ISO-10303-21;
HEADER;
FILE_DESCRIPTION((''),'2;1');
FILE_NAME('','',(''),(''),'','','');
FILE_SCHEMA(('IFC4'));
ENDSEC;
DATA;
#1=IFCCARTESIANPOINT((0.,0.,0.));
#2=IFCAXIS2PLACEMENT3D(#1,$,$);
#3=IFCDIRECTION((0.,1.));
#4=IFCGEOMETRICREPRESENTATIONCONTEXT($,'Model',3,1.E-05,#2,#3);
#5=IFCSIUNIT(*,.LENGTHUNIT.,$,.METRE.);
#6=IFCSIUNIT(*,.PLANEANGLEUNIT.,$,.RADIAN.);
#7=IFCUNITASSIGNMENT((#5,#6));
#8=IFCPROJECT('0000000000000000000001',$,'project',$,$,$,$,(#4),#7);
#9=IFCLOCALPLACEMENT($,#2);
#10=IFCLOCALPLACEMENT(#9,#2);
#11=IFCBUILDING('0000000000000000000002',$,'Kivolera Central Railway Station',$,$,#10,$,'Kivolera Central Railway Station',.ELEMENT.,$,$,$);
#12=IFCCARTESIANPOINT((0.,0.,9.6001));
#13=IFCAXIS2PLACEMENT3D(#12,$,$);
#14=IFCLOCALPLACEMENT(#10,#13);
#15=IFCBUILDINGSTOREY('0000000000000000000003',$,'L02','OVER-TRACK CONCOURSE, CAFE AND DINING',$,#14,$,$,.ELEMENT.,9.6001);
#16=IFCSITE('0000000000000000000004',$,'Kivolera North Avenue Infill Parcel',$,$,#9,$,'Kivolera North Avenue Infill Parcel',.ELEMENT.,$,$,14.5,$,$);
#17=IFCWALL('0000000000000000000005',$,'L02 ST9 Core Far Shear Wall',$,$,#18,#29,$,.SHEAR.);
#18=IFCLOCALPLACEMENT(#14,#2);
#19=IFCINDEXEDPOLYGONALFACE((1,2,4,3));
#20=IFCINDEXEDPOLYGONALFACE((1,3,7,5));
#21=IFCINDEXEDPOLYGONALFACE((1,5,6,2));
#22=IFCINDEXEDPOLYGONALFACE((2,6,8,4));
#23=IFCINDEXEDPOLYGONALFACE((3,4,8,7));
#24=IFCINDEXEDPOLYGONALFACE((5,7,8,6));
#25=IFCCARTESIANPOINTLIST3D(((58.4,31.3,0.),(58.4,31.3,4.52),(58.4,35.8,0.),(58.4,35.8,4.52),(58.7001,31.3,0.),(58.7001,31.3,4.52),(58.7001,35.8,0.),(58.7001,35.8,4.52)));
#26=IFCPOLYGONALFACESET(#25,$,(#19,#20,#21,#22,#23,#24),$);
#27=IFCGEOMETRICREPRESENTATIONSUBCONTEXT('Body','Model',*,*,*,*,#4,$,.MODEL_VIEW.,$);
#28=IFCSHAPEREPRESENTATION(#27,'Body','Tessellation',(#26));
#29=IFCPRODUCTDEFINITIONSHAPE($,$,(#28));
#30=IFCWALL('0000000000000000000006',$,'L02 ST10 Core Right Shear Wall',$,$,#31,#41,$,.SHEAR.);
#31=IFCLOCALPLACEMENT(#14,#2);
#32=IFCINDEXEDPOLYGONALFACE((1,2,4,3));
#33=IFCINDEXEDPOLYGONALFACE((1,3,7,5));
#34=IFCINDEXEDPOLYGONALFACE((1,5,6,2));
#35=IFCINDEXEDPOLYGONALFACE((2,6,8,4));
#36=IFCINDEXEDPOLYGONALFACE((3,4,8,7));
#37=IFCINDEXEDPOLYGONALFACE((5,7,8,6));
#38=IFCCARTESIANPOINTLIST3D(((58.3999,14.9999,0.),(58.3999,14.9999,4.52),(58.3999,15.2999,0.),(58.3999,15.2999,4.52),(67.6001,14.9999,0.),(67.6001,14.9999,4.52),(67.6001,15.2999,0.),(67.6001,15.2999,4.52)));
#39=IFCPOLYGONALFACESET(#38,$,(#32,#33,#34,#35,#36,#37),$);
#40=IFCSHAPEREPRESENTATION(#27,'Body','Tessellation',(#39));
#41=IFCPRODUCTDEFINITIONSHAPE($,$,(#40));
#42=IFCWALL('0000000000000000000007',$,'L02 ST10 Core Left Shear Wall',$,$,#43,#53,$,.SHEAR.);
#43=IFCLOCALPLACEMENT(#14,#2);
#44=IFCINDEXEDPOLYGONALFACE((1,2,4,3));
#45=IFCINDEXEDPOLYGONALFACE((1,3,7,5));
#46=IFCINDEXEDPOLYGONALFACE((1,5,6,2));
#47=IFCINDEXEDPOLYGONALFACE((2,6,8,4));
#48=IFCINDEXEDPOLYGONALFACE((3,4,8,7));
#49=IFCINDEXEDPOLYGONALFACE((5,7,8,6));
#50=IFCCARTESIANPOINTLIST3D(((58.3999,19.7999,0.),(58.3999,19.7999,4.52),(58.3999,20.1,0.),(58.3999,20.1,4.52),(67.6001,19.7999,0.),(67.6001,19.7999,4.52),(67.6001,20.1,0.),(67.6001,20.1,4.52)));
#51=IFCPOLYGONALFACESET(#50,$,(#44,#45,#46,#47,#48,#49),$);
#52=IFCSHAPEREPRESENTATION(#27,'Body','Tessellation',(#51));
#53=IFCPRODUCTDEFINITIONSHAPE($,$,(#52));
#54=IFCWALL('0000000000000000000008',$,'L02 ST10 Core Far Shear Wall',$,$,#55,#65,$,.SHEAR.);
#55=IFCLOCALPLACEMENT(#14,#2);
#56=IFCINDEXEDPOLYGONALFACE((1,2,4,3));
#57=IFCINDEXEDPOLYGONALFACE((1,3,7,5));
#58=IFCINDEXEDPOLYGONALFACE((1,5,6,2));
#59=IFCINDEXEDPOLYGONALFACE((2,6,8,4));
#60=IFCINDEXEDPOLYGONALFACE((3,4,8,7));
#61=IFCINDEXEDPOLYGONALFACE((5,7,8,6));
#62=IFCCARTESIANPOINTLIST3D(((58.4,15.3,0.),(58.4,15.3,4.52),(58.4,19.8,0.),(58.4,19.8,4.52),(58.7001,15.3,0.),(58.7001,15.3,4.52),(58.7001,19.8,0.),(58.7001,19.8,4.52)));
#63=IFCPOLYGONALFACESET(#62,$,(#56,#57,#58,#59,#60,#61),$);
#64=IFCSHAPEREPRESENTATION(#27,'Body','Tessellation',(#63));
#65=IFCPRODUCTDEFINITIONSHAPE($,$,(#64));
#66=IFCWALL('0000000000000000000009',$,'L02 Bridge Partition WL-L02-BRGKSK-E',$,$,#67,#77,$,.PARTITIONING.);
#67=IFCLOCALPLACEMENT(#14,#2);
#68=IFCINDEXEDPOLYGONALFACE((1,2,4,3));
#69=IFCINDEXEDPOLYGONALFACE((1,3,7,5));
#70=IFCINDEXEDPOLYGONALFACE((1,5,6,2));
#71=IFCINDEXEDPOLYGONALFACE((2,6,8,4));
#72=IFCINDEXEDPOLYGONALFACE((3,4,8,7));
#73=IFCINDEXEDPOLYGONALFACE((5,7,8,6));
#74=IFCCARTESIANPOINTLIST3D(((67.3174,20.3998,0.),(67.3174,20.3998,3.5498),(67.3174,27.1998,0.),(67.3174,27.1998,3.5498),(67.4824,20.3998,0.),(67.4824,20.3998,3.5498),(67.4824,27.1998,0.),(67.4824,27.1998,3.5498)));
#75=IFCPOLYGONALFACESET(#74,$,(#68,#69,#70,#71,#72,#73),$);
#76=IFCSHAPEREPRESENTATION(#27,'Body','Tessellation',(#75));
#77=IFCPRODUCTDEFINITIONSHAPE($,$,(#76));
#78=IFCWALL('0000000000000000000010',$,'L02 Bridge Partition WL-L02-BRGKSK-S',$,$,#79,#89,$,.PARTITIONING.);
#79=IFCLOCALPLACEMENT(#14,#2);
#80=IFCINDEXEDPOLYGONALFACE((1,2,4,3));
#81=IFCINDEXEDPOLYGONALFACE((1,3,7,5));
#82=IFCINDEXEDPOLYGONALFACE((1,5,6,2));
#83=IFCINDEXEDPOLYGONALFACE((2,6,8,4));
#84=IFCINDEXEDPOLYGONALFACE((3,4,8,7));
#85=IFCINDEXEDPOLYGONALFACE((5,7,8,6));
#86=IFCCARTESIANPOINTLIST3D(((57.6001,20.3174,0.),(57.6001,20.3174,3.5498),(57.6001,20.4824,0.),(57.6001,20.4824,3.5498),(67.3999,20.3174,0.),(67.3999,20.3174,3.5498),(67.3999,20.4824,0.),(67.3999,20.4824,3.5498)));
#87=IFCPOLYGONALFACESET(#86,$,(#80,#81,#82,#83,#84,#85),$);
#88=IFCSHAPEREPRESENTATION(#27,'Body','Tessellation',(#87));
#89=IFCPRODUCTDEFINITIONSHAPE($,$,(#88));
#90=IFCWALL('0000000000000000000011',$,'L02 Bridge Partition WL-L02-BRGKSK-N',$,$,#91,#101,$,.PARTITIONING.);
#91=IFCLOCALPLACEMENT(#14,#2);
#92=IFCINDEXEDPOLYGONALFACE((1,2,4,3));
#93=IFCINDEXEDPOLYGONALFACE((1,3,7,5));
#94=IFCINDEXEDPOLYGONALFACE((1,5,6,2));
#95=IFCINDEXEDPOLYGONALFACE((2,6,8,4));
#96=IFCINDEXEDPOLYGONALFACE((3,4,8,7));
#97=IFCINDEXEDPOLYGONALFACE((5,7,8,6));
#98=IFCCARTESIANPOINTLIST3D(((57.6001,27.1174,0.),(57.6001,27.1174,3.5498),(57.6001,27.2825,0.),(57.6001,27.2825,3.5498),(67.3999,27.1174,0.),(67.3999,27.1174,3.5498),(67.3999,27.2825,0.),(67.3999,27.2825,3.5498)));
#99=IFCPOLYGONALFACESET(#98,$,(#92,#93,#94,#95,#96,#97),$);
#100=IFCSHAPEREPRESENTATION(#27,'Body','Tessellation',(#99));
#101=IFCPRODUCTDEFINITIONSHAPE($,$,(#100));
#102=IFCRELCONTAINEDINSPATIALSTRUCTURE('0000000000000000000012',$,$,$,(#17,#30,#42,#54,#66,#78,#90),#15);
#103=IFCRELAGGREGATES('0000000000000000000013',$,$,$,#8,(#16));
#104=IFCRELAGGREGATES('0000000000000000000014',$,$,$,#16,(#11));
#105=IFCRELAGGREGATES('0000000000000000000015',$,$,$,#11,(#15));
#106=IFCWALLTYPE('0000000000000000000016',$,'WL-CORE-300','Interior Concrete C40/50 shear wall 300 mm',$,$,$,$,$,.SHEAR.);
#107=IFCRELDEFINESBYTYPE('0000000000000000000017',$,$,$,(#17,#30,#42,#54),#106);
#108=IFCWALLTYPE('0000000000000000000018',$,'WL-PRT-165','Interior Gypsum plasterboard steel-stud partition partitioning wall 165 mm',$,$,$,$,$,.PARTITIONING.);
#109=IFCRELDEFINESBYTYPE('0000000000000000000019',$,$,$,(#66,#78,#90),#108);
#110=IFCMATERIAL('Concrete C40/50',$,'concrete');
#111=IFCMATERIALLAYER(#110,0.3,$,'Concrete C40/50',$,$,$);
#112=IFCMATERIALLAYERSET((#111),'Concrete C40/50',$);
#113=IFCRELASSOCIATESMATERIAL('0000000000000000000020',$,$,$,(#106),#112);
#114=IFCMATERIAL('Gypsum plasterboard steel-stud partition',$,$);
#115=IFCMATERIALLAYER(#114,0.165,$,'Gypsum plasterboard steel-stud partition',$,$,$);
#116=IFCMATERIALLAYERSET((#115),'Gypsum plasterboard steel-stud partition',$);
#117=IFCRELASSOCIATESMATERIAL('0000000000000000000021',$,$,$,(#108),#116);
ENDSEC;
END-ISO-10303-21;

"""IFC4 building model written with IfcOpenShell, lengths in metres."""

from ifc_helpers import new_model, si_unit, direction, frame, frame_2d, origin, place, context, subcontext, project, spatial, rectangle, extrude, material, layer, layer_set, type_object, element, save


model = new_model("IFC4")

# Units and contexts
model_context = context("Model", 3, precision=1e-05, world=origin(), true_north=direction((0.0, 1.0)))
body_context = subcontext(model_context, "Body", "Model", "MODEL_VIEW")
ifc_project = project(units=[si_unit("LENGTHUNIT", "METRE"), si_unit("PLANEANGLEUNIT", "RADIAN")], contexts=[model_context])

# Site, building, storey
site_placement = place(None, origin())
site = spatial("IfcSite", under=ifc_project, at=site_placement, Name="Kivolera North Avenue Infill Parcel", LongName="Kivolera North Avenue Infill Parcel", CompositionType="ELEMENT", RefElevation=14.5)
building_placement = place(site_placement, origin())
building = spatial("IfcBuilding", under=site, at=building_placement, Name="Kivolera Central Railway Station", LongName="Kivolera Central Railway Station", CompositionType="ELEMENT")
storey_placement = place(building_placement, frame((0.0, 0.0, 9.6001)))
storey = spatial("IfcBuildingStorey", under=building, at=storey_placement, Name="L02", Description="OVER-TRACK CONCOURSE, CAFE AND DINING", CompositionType="ELEMENT", Elevation=9.6001)

# Shared definitions
ifc_material_1 = material(Name="Concrete C40/50", Category="concrete")

# Shared definitions
ifc_layer_1 = layer(ifc_material_1, 0.3, Name="Concrete C40/50")
ifc_layer_set_1 = layer_set([ifc_layer_1], Name="Concrete C40/50")
wall_type_1 = type_object("IfcWallType", Name="WL-CORE-300", Description="Interior Concrete C40/50 shear wall 300 mm", PredefinedType="SHEAR", material=ifc_layer_set_1)

# Walls
wall_1_placement = place(storey_placement, frame((58.55, 31.3, 0.0), z_axis=(0.0, 0.0, 1.0), x_axis=(0.0, 1.0, 0.0)))
element("IfcWall", 1, at=wall_1_placement, inside=storey, type_object=wall_type_1, Name="L02 ST9 Core Far Shear Wall", PredefinedType="SHEAR", context=body_context, shape_type="SweptSolid", body=[
    extrude(rectangle(XDim=4.5, YDim=0.3, at=frame_2d((2.25, 0.0))), origin(), (0.0, 0.0, 1.0), 4.52),
])
for number, where, z_axis, x_axis, name in (
    (2, (67.6001, 15.1499, 0.0), (0.0, 0.0, 1.0), (-1.0, 0.0, 0.0), "L02 ST10 Core Right Shear Wall"),
    (3, (58.3999, 19.95, 0.0), (0.0, 0.0, 1.0), (1.0, 0.0, 0.0), "L02 ST10 Core Left Shear Wall"),
):
    element("IfcWall", number, at=place(storey_placement, frame(where, z_axis=z_axis, x_axis=x_axis)), inside=storey, type_object=wall_type_1, Name=name, PredefinedType="SHEAR", context=body_context, shape_type="SweptSolid", body=[
        extrude(rectangle(XDim=9.2002, YDim=0.3, at=frame_2d((4.6001, 0.0))), origin(), (0.0, 0.0, 1.0), 4.52),
    ])

# Walls
wall_2_placement = place(storey_placement, frame((58.55, 15.3, 0.0), z_axis=(0.0, 0.0, 1.0), x_axis=(0.0, 1.0, 0.0)))
element("IfcWall", 4, at=wall_2_placement, inside=storey, type_object=wall_type_1, Name="L02 ST10 Core Far Shear Wall", PredefinedType="SHEAR", context=body_context, shape_type="SweptSolid", body=[
    extrude(rectangle(XDim=4.5, YDim=0.3, at=frame_2d((2.25, 0.0))), origin(), (0.0, 0.0, 1.0), 4.52),
])
ifc_material_2 = material(Name="Gypsum plasterboard steel-stud partition")
ifc_layer_2 = layer(ifc_material_2, 0.165, Name="Gypsum plasterboard steel-stud partition")
ifc_layer_set_2 = layer_set([ifc_layer_2], Name="Gypsum plasterboard steel-stud partition")
wall_type_2 = type_object("IfcWallType", Name="WL-PRT-165", Description="Interior Gypsum plasterboard steel-stud partition partitioning wall 165 mm", PredefinedType="PARTITIONING", material=ifc_layer_set_2)
wall_3_placement = place(storey_placement, frame((67.3999, 20.3999, 0.0), z_axis=(0.0, 0.0, 1.0), x_axis=(0.0, 1.0, 0.0)))
element("IfcWall", 5, at=wall_3_placement, inside=storey, type_object=wall_type_2, Name="L02 Bridge Partition WL-L02-BRGKSK-E", PredefinedType="PARTITIONING", context=body_context, shape_type="SweptSolid", body=[
    extrude(rectangle(XDim=6.8, YDim=0.165, at=frame_2d((3.3999, 0.0))), origin(), (0.0, 0.0, 1.0), 3.5498),
])
for number, where, z_axis, x_axis, name in (
    (6, (57.6001, 20.3999, 0.0), (0.0, 0.0, 1.0), (1.0, 0.0, 0.0), "L02 Bridge Partition WL-L02-BRGKSK-S"),
    (7, (57.6001, 27.2, 0.0), (0.0, 0.0, 1.0), (1.0, 0.0, 0.0), "L02 Bridge Partition WL-L02-BRGKSK-N"),
):
    element("IfcWall", number, at=place(storey_placement, frame(where, z_axis=z_axis, x_axis=x_axis)), inside=storey, type_object=wall_type_2, Name=name, PredefinedType="PARTITIONING", context=body_context, shape_type="SweptSolid", body=[
        extrude(rectangle(XDim=9.7998, YDim=0.165, at=frame_2d((4.8999, 0.0))), origin(), (0.0, 0.0, 1.0), 3.5498),
    ])

save(model, "model.ifc")
